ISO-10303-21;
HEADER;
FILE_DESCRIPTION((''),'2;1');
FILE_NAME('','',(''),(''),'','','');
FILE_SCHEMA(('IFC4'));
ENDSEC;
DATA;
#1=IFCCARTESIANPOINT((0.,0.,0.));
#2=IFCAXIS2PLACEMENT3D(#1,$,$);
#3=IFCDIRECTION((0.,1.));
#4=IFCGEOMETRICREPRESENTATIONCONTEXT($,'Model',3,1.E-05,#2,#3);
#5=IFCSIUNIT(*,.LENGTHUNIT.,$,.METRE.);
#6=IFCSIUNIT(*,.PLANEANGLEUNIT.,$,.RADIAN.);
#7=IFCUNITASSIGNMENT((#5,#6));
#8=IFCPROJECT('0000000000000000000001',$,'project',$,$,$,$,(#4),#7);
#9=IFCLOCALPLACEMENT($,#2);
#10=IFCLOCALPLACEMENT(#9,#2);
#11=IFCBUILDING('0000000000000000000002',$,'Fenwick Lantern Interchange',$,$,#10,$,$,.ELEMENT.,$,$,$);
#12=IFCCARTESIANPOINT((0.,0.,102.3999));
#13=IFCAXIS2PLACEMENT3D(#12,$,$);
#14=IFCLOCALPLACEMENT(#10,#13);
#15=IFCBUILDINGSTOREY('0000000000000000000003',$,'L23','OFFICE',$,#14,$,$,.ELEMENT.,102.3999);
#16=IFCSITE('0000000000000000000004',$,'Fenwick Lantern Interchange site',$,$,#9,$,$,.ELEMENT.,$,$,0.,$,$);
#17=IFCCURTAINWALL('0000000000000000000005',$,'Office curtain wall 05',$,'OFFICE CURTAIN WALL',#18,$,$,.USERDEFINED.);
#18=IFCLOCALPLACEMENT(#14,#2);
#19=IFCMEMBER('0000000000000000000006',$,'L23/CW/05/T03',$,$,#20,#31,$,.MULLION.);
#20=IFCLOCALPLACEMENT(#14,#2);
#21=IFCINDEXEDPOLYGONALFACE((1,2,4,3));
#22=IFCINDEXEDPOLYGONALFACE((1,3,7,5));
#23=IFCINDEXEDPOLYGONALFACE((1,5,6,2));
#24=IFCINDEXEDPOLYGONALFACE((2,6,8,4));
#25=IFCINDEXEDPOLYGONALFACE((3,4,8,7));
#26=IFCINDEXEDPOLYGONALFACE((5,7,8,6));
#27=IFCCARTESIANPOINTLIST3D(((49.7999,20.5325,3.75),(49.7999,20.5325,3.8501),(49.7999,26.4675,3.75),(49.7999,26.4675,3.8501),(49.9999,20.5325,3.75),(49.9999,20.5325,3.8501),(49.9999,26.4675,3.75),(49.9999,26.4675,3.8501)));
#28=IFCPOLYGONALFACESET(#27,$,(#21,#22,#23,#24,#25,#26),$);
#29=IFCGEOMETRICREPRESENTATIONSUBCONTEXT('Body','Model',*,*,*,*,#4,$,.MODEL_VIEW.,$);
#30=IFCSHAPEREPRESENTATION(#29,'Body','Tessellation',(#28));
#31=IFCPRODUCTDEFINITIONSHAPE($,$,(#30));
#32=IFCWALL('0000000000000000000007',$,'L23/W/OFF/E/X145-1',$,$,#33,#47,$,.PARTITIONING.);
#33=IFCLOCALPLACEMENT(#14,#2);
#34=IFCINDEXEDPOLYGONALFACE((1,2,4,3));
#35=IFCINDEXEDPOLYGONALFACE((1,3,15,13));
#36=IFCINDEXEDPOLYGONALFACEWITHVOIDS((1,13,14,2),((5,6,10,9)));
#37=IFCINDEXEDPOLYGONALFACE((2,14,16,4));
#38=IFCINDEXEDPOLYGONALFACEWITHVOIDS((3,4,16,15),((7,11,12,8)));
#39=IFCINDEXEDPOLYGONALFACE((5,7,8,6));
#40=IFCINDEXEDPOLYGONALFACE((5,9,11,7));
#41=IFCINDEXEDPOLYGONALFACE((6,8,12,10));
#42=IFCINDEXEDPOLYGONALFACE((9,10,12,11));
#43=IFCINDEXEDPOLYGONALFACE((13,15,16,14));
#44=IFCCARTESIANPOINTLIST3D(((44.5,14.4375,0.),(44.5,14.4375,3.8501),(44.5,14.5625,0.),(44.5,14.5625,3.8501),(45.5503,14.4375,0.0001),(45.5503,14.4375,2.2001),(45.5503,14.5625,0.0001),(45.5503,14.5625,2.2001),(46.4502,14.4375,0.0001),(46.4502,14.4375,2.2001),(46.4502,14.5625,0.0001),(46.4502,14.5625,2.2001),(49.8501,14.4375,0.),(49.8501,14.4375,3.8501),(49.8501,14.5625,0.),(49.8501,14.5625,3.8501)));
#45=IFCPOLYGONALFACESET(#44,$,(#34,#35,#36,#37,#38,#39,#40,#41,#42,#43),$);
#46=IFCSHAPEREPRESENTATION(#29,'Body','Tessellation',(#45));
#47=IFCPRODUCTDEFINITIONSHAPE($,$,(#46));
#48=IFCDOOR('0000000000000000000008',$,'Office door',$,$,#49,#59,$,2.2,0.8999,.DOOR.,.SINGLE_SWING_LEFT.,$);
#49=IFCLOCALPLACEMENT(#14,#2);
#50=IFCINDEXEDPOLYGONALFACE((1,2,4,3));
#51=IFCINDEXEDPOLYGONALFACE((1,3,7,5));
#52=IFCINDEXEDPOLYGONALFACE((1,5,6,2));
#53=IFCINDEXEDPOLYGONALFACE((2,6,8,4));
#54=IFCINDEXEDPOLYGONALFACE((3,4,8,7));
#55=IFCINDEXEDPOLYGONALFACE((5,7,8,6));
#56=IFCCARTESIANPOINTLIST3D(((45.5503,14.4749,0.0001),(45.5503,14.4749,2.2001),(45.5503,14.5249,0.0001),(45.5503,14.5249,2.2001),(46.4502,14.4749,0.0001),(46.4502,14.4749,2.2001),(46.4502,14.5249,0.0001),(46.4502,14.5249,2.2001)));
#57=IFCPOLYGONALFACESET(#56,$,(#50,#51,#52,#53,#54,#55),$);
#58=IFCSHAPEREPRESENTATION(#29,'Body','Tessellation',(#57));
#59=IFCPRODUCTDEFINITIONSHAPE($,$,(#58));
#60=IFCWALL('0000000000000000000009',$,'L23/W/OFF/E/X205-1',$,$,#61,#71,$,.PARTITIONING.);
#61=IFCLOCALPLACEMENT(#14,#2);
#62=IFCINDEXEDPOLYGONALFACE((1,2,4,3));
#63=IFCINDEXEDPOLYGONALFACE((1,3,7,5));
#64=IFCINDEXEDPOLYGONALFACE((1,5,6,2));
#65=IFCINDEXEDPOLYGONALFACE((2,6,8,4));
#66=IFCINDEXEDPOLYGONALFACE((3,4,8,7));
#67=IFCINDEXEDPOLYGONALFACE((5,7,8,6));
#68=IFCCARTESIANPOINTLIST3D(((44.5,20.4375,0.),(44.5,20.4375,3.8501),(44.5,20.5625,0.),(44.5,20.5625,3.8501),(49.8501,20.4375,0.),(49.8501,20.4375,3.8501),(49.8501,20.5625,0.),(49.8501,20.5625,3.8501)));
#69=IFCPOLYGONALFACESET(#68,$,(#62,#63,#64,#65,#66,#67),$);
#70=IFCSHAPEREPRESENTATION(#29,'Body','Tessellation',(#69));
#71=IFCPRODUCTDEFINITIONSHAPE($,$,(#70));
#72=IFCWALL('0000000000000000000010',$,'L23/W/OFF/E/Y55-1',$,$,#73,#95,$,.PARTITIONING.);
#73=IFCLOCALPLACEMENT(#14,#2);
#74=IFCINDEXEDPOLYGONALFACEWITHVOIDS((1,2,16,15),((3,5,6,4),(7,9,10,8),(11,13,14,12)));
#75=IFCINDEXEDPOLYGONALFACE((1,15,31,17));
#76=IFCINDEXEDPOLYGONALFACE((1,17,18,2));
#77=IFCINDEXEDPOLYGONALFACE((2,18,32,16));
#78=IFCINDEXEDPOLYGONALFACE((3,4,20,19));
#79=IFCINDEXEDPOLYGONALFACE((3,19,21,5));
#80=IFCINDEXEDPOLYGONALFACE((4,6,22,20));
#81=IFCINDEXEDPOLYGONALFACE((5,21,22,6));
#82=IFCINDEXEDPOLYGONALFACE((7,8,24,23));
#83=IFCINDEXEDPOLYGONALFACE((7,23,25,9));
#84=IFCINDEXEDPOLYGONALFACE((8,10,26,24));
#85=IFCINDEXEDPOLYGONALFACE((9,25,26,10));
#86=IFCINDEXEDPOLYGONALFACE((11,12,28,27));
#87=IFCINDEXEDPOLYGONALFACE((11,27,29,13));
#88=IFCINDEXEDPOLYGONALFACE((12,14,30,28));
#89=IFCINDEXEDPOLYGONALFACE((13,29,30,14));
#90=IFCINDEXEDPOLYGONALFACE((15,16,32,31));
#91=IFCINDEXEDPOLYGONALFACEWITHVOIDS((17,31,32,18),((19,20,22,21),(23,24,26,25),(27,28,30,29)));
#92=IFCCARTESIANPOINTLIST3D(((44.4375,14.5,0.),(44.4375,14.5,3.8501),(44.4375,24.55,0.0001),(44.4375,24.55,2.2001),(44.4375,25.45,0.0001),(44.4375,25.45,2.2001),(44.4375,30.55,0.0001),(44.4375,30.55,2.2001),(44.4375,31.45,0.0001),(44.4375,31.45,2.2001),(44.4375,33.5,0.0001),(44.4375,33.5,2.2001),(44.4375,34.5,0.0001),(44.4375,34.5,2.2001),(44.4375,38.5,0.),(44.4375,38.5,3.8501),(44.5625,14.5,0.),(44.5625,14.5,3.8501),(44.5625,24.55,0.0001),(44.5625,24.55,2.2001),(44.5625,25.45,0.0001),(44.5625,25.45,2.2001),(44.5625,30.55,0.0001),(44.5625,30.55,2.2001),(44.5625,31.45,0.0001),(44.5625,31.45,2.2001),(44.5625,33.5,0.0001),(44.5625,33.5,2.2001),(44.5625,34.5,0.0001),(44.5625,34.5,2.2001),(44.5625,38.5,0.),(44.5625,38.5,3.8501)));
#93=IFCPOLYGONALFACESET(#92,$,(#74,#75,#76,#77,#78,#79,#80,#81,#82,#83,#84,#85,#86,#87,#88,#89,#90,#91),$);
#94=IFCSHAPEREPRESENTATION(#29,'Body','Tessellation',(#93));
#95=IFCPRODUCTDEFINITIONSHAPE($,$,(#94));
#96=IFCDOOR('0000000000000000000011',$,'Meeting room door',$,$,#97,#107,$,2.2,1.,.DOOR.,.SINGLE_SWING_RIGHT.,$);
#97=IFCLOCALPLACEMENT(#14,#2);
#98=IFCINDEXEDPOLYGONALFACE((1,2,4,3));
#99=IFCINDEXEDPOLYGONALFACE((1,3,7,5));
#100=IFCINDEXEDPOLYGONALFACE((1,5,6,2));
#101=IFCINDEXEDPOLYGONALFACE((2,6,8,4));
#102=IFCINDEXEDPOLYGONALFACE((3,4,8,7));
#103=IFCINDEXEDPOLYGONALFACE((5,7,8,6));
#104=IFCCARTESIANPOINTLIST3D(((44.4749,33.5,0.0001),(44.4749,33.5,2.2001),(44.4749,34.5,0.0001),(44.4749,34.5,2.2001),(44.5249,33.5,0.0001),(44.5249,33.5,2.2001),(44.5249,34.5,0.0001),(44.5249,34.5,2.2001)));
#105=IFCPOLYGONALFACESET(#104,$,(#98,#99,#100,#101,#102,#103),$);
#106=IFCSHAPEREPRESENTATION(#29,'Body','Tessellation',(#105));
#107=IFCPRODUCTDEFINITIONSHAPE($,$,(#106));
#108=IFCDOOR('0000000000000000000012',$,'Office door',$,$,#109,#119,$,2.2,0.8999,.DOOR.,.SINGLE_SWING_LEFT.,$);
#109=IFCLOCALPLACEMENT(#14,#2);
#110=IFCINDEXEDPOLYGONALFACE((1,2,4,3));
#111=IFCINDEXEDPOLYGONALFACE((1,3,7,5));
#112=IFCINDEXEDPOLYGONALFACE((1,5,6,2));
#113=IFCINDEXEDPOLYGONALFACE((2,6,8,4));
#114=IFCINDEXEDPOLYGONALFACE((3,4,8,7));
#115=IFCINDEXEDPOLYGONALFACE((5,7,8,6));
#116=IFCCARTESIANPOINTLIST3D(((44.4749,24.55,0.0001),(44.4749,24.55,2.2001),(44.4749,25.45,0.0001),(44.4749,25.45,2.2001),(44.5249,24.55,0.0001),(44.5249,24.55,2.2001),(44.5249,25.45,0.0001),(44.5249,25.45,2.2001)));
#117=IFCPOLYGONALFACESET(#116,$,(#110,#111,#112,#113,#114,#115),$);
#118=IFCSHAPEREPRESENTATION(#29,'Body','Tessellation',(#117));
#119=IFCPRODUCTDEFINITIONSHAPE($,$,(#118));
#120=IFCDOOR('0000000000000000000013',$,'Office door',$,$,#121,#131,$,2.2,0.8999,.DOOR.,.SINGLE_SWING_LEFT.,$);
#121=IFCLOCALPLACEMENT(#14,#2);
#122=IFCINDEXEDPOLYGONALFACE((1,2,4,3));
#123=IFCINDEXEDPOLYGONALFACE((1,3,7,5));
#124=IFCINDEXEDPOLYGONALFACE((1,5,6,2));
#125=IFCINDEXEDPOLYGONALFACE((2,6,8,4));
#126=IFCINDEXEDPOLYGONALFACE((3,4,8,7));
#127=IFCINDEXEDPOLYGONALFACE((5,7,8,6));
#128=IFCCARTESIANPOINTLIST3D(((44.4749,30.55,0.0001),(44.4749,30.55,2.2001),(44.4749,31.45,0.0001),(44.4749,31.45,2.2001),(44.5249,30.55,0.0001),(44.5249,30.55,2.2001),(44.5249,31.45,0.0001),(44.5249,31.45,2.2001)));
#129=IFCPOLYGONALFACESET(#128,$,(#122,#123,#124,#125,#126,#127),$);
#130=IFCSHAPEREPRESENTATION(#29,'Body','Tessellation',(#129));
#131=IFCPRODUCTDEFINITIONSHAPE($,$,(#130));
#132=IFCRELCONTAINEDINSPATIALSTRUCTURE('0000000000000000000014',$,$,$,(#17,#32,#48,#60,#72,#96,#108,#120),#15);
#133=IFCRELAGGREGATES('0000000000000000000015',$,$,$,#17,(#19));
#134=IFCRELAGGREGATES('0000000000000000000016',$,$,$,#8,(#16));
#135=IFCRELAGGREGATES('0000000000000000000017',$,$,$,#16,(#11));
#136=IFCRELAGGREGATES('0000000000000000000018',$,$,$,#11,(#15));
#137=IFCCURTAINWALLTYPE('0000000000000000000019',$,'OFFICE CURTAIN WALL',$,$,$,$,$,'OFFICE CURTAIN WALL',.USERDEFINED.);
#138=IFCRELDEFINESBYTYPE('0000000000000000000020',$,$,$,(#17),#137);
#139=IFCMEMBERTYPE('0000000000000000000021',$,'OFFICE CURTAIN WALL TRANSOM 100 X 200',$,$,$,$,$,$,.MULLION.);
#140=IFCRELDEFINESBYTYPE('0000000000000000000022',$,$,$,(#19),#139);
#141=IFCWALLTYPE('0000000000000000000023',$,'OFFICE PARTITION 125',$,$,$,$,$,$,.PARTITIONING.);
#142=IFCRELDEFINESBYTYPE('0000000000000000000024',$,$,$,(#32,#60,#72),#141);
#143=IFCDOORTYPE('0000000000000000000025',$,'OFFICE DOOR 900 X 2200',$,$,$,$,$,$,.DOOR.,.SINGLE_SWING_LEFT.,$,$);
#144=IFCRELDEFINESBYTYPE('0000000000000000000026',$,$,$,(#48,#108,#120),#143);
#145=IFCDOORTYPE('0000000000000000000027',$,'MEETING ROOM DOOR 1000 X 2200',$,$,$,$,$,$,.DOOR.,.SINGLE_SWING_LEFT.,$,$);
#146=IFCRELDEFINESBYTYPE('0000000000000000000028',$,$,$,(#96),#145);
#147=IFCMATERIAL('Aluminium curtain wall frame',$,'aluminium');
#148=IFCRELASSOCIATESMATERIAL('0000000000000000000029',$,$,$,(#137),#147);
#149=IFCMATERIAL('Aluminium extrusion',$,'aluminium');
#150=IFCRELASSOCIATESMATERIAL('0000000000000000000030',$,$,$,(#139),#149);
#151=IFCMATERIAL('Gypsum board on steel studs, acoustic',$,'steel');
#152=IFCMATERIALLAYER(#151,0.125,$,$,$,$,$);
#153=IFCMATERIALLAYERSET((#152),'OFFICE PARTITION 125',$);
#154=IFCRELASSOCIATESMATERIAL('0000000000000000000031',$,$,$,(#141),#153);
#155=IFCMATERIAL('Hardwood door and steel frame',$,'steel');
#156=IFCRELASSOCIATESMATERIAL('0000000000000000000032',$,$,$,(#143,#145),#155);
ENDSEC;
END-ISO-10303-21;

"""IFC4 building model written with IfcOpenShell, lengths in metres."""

from ifc_helpers import new_model, si_unit, direction, frame, frame_2d, origin, origin_2d, place, context, subcontext, project, spatial, rectangle, extrude, material, layer, layer_set, material_profile, profile_set, type_object, element, fill, aggregate, save


model = new_model("IFC4")

# Units and contexts
model_context = context("Model", 3, precision=1e-05, world=origin(), true_north=direction((0.0, 1.0)))
body_context = subcontext(model_context, "Body", "Model", "MODEL_VIEW")
ifc_project = project(units=[si_unit("LENGTHUNIT", "METRE"), si_unit("PLANEANGLEUNIT", "RADIAN")], contexts=[model_context])

# Site, building, storey
site_placement = place(None, origin())
site = spatial("IfcSite", under=ifc_project, at=site_placement, Name="Fenwick Lantern Interchange site", CompositionType="ELEMENT", RefElevation=0.0)
building_placement = place(site_placement, origin())
building = spatial("IfcBuilding", under=site, at=building_placement, Name="Fenwick Lantern Interchange", CompositionType="ELEMENT")
storey_placement = place(building_placement, frame((0.0, 0.0, 102.3999)))
storey = spatial("IfcBuildingStorey", under=building, at=storey_placement, Name="L23", Description="OFFICE", CompositionType="ELEMENT", Elevation=102.3999)

# Curtain wall, member
ifc_material_1 = material(Name="Aluminium curtain wall frame", Category="aluminium")
curtain_wall_type = type_object("IfcCurtainWallType", Name="OFFICE CURTAIN WALL", ElementType="OFFICE CURTAIN WALL", PredefinedType="USERDEFINED", material=ifc_material_1)
curtain_wall_placement = place(storey_placement, origin())
curtain_wall = element("IfcCurtainWall", 1, at=curtain_wall_placement, inside=storey, type_object=curtain_wall_type, Name="Office curtain wall 05", ObjectType="OFFICE CURTAIN WALL", PredefinedType="USERDEFINED")
ifc_material_2 = material(Name="Aluminium extrusion", Category="aluminium")
ifc_material_profile_1 = material_profile(ifc_material_2, rectangle(XDim=0.2, YDim=0.1001, at=origin_2d()), Name="OFFICE CURTAIN WALL TRANSOM 100 X 200")
ifc_profile_set_1 = profile_set([ifc_material_profile_1], Name="Aluminium extrusion")
member_type_1 = type_object("IfcMemberType", Name="OFFICE CURTAIN WALL TRANSOM 100 X 200", PredefinedType="MULLION", material=ifc_profile_set_1)
member_1_placement = place(storey_placement, frame((49.8999, 20.5325, 3.8), z_axis=(0.0, 1.0, 0.0), x_axis=(-1.0, 0.0, 0.0)))
member_1 = element("IfcMember", 2, at=member_1_placement, type_object=member_type_1, Name="L23/CW/05/T03", PredefinedType="MULLION", context=body_context, shape_type="SweptSolid", body=[
    extrude(rectangle(XDim=0.2, YDim=0.1001, at=origin_2d()), origin(), (0.0, 0.0, 1.0), 5.9351),
])
aggregate(curtain_wall, [member_1])

# Wall, opening, door
ifc_material_3 = material(Name="Gypsum board on steel studs, acoustic", Category="steel")
ifc_layer_1 = layer(ifc_material_3, 0.125)
ifc_layer_set_1 = layer_set([ifc_layer_1], Name="OFFICE PARTITION 125")
wall_type = type_object("IfcWallType", Name="OFFICE PARTITION 125", PredefinedType="PARTITIONING", material=ifc_layer_set_1)
wall_1_placement = place(storey_placement, frame((49.8501, 14.5, 0.0), z_axis=(0.0, 0.0, 1.0), x_axis=(-1.0, 0.0, 0.0)))
wall_1 = element("IfcWall", 3, at=wall_1_placement, inside=storey, type_object=wall_type, Name="L23/W/OFF/E/X145-1", PredefinedType="PARTITIONING", context=body_context, shape_type="SweptSolid", body=[
    extrude(rectangle(XDim=5.3501, YDim=0.125, at=frame_2d((2.675, 0.0))), origin(), (0.0, 0.0, 1.0), 3.8501),
])
opening_1_placement = place(wall_1_placement, frame((3.3999, 0.0, 0.0)))
opening_1 = element("IfcOpeningElement", 4, at=opening_1_placement, cuts=wall_1, PredefinedType="OPENING", context=body_context, shape_type="SweptSolid", body=[
    extrude(rectangle(XDim=0.8999, YDim=2.2, at=frame_2d((0.45, 1.1001))), frame((0.0, 0.0725, 0.0), z_axis=(0.0, -1.0, 0.0), x_axis=(1.0, 0.0, 0.0)), (0.0, 0.0, 1.0), 0.145),
])
ifc_material_4 = material(Name="Hardwood door and steel frame", Category="steel")
door_type_1 = type_object("IfcDoorType", Name="OFFICE DOOR 900 X 2200", OperationType="SINGLE_SWING_LEFT", PredefinedType="DOOR", material=ifc_material_4)
door_1_placement = place(opening_1_placement, frame((0.8999, 0.0, 0.0), z_axis=(0.0, 0.0, 1.0), x_axis=(-1.0, 0.0, 0.0)))
door_1 = element("IfcDoor", 5, at=door_1_placement, inside=storey, type_object=door_type_1, Name="Office door", OperationType="SINGLE_SWING_LEFT", OverallHeight=2.2, OverallWidth=0.8999, PredefinedType="DOOR", context=body_context, shape_type="SweptSolid", body=[
    extrude(rectangle(XDim=0.8999, YDim=2.2, at=frame_2d((0.45, 1.1001))), frame((0.0, 0.0249, 0.0), z_axis=(0.0, -1.0, 0.0), x_axis=(1.0, 0.0, 0.0)), (0.0, 0.0, 1.0), 0.05),
])
fill(opening_1, door_1)

# Wall
wall_2_placement = place(storey_placement, frame((49.8501, 20.5, 0.0), z_axis=(0.0, 0.0, 1.0), x_axis=(-1.0, 0.0, 0.0)))
element("IfcWall", 6, at=wall_2_placement, inside=storey, type_object=wall_type, Name="L23/W/OFF/E/X205-1", PredefinedType="PARTITIONING", context=body_context, shape_type="SweptSolid", body=[
    extrude(rectangle(XDim=5.3501, YDim=0.125, at=frame_2d((2.675, 0.0))), origin(), (0.0, 0.0, 1.0), 3.8501),
])

# Wall, openings, doors
wall_3_placement = place(storey_placement, frame((44.5, 14.5, 0.0), z_axis=(0.0, 0.0, 1.0), x_axis=(0.0, 1.0, 0.0)))
wall_3 = element("IfcWall", 7, at=wall_3_placement, inside=storey, type_object=wall_type, Name="L23/W/OFF/E/Y55-1", PredefinedType="PARTITIONING", context=body_context, shape_type="SweptSolid", body=[
    extrude(rectangle(XDim=24.0, YDim=0.125, at=frame_2d((12.0, 0.0))), origin(), (0.0, 0.0, 1.0), 3.8501),
])
opening_2_placement = place(wall_3_placement, frame((10.05, 0.0, 0.0)))
opening_2 = element("IfcOpeningElement", 8, at=opening_2_placement, cuts=wall_3, PredefinedType="OPENING", context=body_context, shape_type="SweptSolid", body=[
    extrude(rectangle(XDim=0.8999, YDim=2.2, at=frame_2d((0.45, 1.1001))), frame((0.0, 0.0725, 0.0), z_axis=(0.0, -1.0, 0.0), x_axis=(1.0, 0.0, 0.0)), (0.0, 0.0, 1.0), 0.145),
])
opening_3_placement = place(wall_3_placement, frame((16.05, 0.0, 0.0)))
opening_3 = element("IfcOpeningElement", 9, at=opening_3_placement, cuts=wall_3, PredefinedType="OPENING", context=body_context, shape_type="SweptSolid", body=[
    extrude(rectangle(XDim=0.8999, YDim=2.2, at=frame_2d((0.45, 1.1001))), frame((0.0, 0.0725, 0.0), z_axis=(0.0, -1.0, 0.0), x_axis=(1.0, 0.0, 0.0)), (0.0, 0.0, 1.0), 0.145),
])
opening_4_placement = place(wall_3_placement, frame((19.0, 0.0, 0.0)))
opening_4 = element("IfcOpeningElement", 10, at=opening_4_placement, cuts=wall_3, PredefinedType="OPENING", context=body_context, shape_type="SweptSolid", body=[
    extrude(rectangle(XDim=1.0, YDim=2.2, at=frame_2d((0.5, 1.1001))), frame((0.0, 0.0725, 0.0), z_axis=(0.0, -1.0, 0.0), x_axis=(1.0, 0.0, 0.0)), (0.0, 0.0, 1.0), 0.145),
])
door_type_2 = type_object("IfcDoorType", Name="MEETING ROOM DOOR 1000 X 2200", OperationType="SINGLE_SWING_LEFT", PredefinedType="DOOR", material=ifc_material_4)
door_2_placement = place(opening_4_placement, frame((1.0, 0.0, 0.0), z_axis=(0.0, 0.0, 1.0), x_axis=(-1.0, 0.0, 0.0)))
door_2 = element("IfcDoor", 11, at=door_2_placement, inside=storey, type_object=door_type_2, Name="Meeting room door", OperationType="SINGLE_SWING_RIGHT", OverallHeight=2.2, OverallWidth=1.0, PredefinedType="DOOR", context=body_context, shape_type="SweptSolid", body=[
    extrude(rectangle(XDim=1.0, YDim=2.2, at=frame_2d((0.5, 1.1001))), frame((0.0, 0.0249, 0.0), z_axis=(0.0, -1.0, 0.0), x_axis=(1.0, 0.0, 0.0)), (0.0, 0.0, 1.0), 0.05),
])
fill(opening_4, door_2)
door_3_placement = place(opening_2_placement, frame((0.8999, 0.0, 0.0), z_axis=(0.0, 0.0, 1.0), x_axis=(-1.0, 0.0, 0.0)))
door_3 = element("IfcDoor", 12, at=door_3_placement, inside=storey, type_object=door_type_1, Name="Office door", OperationType="SINGLE_SWING_LEFT", OverallHeight=2.2, OverallWidth=0.8999, PredefinedType="DOOR", context=body_context, shape_type="SweptSolid", body=[
    extrude(rectangle(XDim=0.8999, YDim=2.2, at=frame_2d((0.45, 1.1001))), frame((0.0, 0.0249, 0.0), z_axis=(0.0, -1.0, 0.0), x_axis=(1.0, 0.0, 0.0)), (0.0, 0.0, 1.0), 0.05),
])
fill(opening_2, door_3)
door_4_placement = place(opening_3_placement, frame((0.8999, 0.0, 0.0), z_axis=(0.0, 0.0, 1.0), x_axis=(-1.0, 0.0, 0.0)))
door_4 = element("IfcDoor", 13, at=door_4_placement, inside=storey, type_object=door_type_1, Name="Office door", OperationType="SINGLE_SWING_LEFT", OverallHeight=2.2, OverallWidth=0.8999, PredefinedType="DOOR", context=body_context, shape_type="SweptSolid", body=[
    extrude(rectangle(XDim=0.8999, YDim=2.2, at=frame_2d((0.45, 1.1001))), frame((0.0, 0.0249, 0.0), z_axis=(0.0, -1.0, 0.0), x_axis=(1.0, 0.0, 0.0)), (0.0, 0.0, 1.0), 0.05),
])
fill(opening_3, door_4)

save(model, "model.ifc")
